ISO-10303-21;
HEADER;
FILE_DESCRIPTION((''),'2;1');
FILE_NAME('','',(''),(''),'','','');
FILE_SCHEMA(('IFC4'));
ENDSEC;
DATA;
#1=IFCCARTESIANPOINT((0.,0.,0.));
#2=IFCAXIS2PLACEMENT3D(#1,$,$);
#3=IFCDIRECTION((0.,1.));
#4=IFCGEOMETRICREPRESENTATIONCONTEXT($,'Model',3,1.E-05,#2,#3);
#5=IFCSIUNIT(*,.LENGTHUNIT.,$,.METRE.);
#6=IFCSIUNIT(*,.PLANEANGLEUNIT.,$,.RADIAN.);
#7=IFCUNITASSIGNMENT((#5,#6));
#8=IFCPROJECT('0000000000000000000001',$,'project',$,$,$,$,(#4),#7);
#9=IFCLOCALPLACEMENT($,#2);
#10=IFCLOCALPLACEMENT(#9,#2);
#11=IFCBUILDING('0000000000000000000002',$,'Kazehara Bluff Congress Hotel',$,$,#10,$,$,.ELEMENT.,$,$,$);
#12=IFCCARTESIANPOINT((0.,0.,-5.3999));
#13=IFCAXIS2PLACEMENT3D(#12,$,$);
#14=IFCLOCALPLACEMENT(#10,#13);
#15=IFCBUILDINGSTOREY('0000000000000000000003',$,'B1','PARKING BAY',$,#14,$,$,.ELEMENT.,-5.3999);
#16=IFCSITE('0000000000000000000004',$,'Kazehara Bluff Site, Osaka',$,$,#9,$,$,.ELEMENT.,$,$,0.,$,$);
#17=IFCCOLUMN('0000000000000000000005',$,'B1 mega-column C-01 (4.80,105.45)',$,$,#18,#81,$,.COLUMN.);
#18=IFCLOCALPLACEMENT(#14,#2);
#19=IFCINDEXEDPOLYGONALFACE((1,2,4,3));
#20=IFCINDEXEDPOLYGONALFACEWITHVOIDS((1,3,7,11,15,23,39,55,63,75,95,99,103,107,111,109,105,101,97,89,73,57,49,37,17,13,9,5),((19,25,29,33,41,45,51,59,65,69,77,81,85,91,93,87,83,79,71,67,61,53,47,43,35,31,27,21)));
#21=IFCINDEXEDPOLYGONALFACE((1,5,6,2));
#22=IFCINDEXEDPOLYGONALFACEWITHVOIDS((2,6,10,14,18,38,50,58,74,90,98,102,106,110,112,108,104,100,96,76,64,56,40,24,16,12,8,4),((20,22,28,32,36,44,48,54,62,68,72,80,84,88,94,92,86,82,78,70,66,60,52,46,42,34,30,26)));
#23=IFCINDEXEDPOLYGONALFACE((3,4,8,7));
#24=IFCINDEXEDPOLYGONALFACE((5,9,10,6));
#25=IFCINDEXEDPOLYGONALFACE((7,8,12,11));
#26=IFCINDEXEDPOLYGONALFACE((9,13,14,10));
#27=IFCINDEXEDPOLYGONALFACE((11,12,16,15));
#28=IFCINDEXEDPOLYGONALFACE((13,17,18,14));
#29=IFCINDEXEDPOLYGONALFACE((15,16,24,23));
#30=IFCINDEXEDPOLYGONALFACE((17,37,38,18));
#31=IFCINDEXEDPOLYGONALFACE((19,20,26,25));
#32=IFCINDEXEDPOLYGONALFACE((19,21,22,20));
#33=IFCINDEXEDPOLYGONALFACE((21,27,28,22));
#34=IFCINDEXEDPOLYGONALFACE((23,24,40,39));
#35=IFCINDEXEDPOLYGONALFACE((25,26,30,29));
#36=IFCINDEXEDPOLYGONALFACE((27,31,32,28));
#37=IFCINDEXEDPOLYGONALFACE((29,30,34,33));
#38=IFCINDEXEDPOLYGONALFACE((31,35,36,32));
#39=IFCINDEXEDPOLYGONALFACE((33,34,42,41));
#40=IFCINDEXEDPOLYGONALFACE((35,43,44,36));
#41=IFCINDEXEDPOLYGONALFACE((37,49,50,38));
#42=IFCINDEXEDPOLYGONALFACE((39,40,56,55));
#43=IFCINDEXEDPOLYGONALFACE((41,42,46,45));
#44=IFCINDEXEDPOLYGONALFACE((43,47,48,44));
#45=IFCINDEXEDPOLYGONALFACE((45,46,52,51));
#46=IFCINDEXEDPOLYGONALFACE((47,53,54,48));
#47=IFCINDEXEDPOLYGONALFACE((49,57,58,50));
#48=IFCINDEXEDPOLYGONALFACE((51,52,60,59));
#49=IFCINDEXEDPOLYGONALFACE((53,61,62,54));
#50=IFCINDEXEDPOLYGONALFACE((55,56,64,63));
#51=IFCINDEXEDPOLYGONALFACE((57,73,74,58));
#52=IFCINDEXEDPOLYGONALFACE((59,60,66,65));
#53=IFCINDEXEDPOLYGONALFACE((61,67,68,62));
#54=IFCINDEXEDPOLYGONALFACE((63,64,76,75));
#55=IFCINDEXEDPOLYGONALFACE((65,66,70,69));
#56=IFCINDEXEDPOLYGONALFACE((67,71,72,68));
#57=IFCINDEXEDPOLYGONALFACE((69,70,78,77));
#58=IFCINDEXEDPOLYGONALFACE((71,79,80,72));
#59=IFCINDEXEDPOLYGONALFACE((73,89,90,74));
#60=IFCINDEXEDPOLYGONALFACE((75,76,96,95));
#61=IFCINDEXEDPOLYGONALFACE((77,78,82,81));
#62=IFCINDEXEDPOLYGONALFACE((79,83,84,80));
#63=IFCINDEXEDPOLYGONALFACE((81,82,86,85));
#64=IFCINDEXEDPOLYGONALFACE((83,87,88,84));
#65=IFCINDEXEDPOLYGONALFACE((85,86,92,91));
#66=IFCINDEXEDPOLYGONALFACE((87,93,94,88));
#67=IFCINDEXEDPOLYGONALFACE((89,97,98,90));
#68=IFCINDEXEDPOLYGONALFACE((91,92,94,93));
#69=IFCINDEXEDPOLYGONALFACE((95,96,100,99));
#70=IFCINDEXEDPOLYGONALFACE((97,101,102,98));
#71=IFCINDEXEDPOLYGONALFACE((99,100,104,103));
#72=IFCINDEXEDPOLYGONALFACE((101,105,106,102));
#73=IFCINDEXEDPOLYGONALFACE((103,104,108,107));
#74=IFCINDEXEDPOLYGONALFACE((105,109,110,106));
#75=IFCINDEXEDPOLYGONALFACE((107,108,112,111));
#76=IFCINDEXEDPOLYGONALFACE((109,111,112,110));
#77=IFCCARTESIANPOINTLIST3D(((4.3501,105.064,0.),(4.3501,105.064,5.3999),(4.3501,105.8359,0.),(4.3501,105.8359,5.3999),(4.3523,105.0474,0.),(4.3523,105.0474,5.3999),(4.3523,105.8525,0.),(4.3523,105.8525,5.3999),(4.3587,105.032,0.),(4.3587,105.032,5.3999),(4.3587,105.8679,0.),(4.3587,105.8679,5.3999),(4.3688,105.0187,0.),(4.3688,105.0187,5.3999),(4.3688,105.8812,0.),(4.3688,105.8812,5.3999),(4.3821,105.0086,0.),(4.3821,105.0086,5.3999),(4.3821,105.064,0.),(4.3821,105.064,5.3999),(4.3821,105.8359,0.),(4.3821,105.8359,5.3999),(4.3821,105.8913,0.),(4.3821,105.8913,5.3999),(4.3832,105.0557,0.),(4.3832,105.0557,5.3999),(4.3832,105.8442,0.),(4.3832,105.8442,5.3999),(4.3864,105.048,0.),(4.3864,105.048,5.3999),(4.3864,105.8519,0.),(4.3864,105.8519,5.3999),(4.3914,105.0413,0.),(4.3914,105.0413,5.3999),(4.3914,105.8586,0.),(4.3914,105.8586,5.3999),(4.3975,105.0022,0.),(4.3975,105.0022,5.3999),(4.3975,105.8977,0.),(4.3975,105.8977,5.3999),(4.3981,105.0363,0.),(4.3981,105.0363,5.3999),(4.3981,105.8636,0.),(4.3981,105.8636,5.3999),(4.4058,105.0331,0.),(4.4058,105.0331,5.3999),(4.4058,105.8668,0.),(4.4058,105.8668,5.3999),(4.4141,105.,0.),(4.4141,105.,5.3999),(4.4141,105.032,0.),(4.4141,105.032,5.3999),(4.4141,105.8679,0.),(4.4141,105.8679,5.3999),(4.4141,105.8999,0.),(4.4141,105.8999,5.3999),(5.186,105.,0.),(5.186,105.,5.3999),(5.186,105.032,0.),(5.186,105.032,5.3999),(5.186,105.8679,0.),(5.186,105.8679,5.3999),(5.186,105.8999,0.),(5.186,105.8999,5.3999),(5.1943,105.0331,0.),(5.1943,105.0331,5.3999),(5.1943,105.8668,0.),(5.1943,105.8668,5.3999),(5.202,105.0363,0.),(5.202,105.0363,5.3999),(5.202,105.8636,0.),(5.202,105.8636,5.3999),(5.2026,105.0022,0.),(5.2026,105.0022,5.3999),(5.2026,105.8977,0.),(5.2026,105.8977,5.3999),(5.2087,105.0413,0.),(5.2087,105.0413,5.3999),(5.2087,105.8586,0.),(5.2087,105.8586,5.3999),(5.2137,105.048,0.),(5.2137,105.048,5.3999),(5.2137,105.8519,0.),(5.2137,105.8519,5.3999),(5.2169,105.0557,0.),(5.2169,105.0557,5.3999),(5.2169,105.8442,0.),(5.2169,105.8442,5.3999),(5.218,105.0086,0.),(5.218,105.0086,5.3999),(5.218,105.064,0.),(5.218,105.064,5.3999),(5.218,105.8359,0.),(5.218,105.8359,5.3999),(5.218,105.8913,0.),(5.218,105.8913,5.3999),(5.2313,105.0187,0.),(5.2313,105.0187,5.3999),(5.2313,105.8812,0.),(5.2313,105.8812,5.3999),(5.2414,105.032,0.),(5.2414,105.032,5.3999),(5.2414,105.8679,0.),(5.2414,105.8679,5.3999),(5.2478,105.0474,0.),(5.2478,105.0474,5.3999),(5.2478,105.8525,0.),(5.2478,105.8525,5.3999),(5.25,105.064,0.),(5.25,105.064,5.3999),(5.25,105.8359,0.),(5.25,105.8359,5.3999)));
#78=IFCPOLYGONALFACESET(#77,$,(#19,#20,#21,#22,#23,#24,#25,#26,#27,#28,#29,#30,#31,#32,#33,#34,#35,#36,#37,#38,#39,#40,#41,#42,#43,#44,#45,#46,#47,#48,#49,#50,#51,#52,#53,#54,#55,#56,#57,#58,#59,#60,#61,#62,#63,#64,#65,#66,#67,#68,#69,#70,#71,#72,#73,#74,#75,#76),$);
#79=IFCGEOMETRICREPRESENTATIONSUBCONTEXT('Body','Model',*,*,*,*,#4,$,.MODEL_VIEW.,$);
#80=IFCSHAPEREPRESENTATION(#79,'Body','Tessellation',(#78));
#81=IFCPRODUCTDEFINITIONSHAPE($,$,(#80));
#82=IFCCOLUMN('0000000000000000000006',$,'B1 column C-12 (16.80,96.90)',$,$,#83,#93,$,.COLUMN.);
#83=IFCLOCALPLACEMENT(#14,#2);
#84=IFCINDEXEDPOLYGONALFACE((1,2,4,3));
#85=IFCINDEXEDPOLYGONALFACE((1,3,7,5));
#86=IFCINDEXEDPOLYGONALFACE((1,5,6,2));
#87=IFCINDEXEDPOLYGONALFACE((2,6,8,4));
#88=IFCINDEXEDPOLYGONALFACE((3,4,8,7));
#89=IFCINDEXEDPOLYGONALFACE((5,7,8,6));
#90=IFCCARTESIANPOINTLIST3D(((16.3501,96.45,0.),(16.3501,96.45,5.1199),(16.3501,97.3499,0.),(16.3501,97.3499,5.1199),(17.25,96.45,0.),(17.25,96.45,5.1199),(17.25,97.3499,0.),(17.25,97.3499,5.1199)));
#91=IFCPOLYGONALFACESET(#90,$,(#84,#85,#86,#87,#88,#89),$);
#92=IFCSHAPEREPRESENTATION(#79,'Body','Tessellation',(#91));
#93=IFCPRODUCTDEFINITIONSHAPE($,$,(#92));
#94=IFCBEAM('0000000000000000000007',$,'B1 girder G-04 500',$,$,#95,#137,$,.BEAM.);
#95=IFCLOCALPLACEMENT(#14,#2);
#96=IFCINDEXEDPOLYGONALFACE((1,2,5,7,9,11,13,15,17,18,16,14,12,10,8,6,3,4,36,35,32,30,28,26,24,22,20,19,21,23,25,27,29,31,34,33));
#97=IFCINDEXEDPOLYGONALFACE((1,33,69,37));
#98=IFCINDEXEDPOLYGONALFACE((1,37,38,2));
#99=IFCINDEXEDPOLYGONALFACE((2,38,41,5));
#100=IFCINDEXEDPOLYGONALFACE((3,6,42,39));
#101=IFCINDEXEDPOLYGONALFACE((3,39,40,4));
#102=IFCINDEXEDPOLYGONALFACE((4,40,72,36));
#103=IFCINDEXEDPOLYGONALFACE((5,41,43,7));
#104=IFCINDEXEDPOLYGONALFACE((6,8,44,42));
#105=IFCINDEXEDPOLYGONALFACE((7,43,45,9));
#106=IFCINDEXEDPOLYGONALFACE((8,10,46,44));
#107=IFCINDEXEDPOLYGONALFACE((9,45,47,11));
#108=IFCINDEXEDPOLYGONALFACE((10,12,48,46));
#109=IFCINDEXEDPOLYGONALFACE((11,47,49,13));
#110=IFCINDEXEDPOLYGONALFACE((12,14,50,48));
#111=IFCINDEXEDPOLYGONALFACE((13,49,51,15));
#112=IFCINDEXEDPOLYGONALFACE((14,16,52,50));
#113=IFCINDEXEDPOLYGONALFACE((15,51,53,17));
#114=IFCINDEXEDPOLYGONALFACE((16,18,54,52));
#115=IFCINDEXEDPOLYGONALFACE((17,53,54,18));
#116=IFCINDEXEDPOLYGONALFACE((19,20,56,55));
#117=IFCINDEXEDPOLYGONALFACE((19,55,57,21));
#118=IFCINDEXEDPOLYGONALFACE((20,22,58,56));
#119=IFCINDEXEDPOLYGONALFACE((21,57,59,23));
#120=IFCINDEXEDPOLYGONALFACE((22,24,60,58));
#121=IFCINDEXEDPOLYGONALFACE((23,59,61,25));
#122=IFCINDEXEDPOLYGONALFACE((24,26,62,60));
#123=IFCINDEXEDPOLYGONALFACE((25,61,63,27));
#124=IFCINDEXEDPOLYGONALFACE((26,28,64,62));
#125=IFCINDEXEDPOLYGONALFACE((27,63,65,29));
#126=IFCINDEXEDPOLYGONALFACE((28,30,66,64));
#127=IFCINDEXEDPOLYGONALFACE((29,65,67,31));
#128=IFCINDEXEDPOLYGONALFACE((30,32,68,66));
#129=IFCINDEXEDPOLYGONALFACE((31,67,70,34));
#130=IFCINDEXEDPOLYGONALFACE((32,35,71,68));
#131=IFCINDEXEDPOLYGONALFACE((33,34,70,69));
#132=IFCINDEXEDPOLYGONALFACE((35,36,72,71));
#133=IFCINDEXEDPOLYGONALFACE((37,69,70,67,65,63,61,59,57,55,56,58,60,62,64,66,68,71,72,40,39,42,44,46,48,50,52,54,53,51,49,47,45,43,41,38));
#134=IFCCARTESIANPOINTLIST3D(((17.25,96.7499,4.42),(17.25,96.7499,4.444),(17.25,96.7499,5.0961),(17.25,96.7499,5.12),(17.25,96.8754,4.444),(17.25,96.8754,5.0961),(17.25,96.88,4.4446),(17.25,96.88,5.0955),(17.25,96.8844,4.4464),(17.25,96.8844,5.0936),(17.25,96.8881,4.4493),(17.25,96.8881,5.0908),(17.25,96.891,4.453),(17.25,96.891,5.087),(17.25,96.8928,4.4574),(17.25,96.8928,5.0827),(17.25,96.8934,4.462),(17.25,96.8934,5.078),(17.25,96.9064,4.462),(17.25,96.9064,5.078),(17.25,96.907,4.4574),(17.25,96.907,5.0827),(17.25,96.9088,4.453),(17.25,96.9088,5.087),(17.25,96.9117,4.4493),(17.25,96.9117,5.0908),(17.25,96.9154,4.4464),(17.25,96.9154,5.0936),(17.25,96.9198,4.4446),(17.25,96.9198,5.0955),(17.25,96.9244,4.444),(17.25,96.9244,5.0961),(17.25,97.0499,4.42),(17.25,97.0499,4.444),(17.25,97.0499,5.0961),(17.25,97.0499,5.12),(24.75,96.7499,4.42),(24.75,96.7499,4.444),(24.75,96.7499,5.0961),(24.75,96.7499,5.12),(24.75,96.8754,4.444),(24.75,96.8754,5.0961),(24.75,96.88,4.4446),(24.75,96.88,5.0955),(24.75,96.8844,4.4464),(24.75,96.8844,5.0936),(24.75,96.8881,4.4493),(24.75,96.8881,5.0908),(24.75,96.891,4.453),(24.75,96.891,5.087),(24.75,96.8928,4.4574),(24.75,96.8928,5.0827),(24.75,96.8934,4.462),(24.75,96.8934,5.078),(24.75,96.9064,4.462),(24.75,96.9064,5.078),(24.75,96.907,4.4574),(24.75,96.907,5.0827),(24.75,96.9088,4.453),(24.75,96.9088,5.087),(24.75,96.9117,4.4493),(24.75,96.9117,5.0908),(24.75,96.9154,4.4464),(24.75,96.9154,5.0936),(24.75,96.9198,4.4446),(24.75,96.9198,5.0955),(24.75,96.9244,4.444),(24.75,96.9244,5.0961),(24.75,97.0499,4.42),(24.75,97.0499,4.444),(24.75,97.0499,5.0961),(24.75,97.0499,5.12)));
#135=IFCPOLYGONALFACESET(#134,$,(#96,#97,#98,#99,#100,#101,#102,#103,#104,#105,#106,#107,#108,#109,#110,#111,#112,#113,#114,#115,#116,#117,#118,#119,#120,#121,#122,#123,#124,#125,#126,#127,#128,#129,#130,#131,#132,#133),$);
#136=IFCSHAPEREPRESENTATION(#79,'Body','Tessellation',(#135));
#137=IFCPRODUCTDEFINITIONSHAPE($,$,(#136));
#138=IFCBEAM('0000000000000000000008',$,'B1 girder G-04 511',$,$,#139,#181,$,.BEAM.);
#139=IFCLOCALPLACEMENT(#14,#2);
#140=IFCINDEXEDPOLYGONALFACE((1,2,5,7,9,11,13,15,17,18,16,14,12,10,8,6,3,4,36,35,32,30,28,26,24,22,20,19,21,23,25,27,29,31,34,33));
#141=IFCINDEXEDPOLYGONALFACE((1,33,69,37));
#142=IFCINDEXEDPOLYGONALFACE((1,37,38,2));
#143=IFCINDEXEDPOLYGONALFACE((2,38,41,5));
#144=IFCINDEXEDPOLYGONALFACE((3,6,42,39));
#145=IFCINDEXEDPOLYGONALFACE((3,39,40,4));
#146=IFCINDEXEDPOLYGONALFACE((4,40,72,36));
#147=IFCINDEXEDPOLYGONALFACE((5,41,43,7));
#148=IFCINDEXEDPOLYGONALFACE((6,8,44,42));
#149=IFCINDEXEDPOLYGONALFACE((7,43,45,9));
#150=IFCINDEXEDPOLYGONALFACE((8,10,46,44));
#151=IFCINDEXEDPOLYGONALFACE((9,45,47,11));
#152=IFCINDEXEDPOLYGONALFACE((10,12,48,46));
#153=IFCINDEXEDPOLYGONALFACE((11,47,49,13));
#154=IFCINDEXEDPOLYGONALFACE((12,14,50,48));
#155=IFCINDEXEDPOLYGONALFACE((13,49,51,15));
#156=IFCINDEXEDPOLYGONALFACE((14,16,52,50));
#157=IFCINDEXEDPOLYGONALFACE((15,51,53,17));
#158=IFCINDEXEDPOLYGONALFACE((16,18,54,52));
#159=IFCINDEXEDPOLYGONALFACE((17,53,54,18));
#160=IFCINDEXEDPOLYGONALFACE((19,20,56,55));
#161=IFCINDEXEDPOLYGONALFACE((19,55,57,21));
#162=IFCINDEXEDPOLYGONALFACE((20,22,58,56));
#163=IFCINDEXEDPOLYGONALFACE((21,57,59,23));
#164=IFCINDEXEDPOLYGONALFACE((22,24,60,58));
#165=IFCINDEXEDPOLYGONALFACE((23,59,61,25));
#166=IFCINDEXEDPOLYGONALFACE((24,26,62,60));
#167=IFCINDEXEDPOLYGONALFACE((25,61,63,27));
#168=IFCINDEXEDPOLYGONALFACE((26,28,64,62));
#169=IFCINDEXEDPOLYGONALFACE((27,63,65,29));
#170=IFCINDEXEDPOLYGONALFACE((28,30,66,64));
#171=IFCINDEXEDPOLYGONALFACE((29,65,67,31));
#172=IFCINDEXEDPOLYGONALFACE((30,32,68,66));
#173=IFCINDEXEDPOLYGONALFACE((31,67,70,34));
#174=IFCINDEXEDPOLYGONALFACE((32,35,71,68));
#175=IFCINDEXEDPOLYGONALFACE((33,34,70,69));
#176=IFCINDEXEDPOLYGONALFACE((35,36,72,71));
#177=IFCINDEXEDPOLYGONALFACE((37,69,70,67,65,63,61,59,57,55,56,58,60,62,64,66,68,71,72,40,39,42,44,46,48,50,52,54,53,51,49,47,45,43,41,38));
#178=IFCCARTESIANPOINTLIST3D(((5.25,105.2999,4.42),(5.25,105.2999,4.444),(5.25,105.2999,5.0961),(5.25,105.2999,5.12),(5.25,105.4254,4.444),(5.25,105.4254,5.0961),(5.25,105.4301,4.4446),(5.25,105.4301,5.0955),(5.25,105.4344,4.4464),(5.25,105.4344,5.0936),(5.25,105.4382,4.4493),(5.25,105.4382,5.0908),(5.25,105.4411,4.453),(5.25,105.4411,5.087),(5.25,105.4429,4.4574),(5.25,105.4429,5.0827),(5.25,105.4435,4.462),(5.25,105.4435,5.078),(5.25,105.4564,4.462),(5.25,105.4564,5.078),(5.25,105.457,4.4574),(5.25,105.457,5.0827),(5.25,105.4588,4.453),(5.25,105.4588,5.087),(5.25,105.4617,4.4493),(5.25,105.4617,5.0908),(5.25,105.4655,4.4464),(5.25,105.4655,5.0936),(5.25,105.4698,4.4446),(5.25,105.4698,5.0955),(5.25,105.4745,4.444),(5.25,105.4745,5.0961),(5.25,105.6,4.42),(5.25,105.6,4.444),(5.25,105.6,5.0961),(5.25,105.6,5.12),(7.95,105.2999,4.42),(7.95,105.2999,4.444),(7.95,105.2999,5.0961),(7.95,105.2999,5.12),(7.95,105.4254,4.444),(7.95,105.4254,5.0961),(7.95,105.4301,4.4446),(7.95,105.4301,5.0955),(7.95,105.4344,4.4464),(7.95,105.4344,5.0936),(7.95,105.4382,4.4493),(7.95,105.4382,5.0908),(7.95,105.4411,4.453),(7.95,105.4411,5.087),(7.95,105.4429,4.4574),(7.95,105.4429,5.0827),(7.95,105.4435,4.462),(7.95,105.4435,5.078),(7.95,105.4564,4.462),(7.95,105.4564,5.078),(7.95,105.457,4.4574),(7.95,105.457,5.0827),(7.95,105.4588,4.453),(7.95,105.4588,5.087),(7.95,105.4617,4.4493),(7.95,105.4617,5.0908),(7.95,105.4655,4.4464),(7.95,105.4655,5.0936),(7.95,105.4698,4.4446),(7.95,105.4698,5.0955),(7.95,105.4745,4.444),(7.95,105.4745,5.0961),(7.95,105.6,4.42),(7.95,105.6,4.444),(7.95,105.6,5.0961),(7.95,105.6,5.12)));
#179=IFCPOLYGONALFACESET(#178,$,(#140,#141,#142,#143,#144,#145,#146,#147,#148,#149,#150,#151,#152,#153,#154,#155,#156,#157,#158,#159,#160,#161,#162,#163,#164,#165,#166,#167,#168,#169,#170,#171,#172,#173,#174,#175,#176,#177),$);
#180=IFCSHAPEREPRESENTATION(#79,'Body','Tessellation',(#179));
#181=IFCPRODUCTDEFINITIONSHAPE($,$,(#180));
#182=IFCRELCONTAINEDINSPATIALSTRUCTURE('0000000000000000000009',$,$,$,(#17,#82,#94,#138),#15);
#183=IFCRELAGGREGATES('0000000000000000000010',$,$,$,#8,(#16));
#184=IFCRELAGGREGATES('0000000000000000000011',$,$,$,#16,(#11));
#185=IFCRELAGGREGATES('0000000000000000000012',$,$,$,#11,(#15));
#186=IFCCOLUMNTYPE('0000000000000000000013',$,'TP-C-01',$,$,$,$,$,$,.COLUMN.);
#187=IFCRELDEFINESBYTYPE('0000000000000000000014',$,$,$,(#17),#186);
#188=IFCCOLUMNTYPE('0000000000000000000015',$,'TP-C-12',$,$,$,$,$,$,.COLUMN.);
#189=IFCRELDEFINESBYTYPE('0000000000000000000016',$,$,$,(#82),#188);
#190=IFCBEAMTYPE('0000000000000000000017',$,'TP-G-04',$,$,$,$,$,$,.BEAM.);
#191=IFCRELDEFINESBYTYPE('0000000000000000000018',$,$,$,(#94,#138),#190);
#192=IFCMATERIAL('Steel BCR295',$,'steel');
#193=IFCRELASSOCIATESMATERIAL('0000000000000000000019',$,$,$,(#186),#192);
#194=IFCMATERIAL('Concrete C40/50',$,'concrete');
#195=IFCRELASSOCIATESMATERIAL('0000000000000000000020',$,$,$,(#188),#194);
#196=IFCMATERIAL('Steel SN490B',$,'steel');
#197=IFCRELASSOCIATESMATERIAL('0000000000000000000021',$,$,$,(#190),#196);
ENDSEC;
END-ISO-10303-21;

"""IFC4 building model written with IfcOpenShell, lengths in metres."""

from ifc_helpers import new_model, si_unit, direction, frame, origin, origin_2d, place, context, subcontext, project, spatial, rectangle, hollow_rectangle, i_section, extrude, material, material_profile, profile_set, type_object, element, save


model = new_model("IFC4")

# Units and contexts
model_context = context("Model", 3, precision=1e-05, world=origin(), true_north=direction((0.0, 1.0)))
body_context = subcontext(model_context, "Body", "Model", "MODEL_VIEW")
ifc_project = project(units=[si_unit("LENGTHUNIT", "METRE"), si_unit("PLANEANGLEUNIT", "RADIAN")], contexts=[model_context])

# Site, building, storey
site_placement = place(None, origin())
site = spatial("IfcSite", under=ifc_project, at=site_placement, Name="Kazehara Bluff Site, Osaka", CompositionType="ELEMENT", RefElevation=0.0)
building_placement = place(site_placement, origin())
building = spatial("IfcBuilding", under=site, at=building_placement, Name="Kazehara Bluff Congress Hotel", CompositionType="ELEMENT")
storey_placement = place(building_placement, frame((0.0, 0.0, -5.3999)))
storey = spatial("IfcBuildingStorey", under=building, at=storey_placement, Name="B1", Description="PARKING BAY", CompositionType="ELEMENT", Elevation=-5.3999)

# Columns
ifc_material_1 = material(Name="Steel BCR295", Category="steel")
ifc_material_profile_1 = material_profile(ifc_material_1, hollow_rectangle(XDim=0.8999, YDim=0.8999, WallThickness=0.032, InnerFilletRadius=0.032, OuterFilletRadius=0.064, at=origin_2d()))
ifc_profile_set_1 = profile_set([ifc_material_profile_1], Name="Steel BCR295")
column_type_1 = type_object("IfcColumnType", Name="TP-C-01", PredefinedType="COLUMN", material=ifc_profile_set_1)
column_1_placement = place(storey_placement, frame((4.8, 105.45, 0.0), z_axis=(0.0, 0.0, 1.0), x_axis=(1.0, 0.0, 0.0)))
element("IfcColumn", 1, at=column_1_placement, inside=storey, type_object=column_type_1, Name="B1 mega-column C-01 (4.80,105.45)", PredefinedType="COLUMN", context=body_context, shape_type="SweptSolid", body=[
    extrude(hollow_rectangle(XDim=0.8999, YDim=0.8999, WallThickness=0.032, InnerFilletRadius=0.032, OuterFilletRadius=0.064, at=origin_2d()), origin(), (0.0, 0.0, 1.0), 5.3999),
])
ifc_material_2 = material(Name="Concrete C40/50", Category="concrete")
ifc_material_profile_2 = material_profile(ifc_material_2, rectangle(XDim=0.8999, YDim=0.8999, at=origin_2d()))
ifc_profile_set_2 = profile_set([ifc_material_profile_2], Name="Concrete C40/50")
column_type_2 = type_object("IfcColumnType", Name="TP-C-12", PredefinedType="COLUMN", material=ifc_profile_set_2)
column_2_placement = place(storey_placement, frame((16.8, 96.8999, 0.0), z_axis=(0.0, 0.0, 1.0), x_axis=(1.0, 0.0, 0.0)))
element("IfcColumn", 2, at=column_2_placement, inside=storey, type_object=column_type_2, Name="B1 column C-12 (16.80,96.90)", PredefinedType="COLUMN", context=body_context, shape_type="SweptSolid", body=[
    extrude(rectangle(XDim=0.8999, YDim=0.8999, at=origin_2d()), origin(), (0.0, 0.0, 1.0), 5.1199),
])

# Beams
ifc_material_3 = material(Name="Steel SN490B", Category="steel")
ifc_material_profile_3 = material_profile(ifc_material_3, i_section(OverallWidth=0.3, OverallDepth=0.7, WebThickness=0.0129, FlangeThickness=0.0239, FilletRadius=0.0181, at=origin_2d()))
ifc_profile_set_3 = profile_set([ifc_material_profile_3], Name="Steel SN490B")
beam_type_1 = type_object("IfcBeamType", Name="TP-G-04", PredefinedType="BEAM", material=ifc_profile_set_3)
beam_1_placement = place(storey_placement, frame((17.25, 96.8999, 4.77), z_axis=(1.0, 0.0, 0.0), x_axis=(0.0, 1.0, 0.0)))
element("IfcBeam", 3, at=beam_1_placement, inside=storey, type_object=beam_type_1, Name="B1 girder G-04 500", PredefinedType="BEAM", context=body_context, shape_type="SweptSolid", body=[
    extrude(i_section(OverallWidth=0.3, OverallDepth=0.7, WebThickness=0.0129, FlangeThickness=0.0239, FilletRadius=0.0181, at=origin_2d()), origin(), (0.0, 0.0, 1.0), 7.5),
])
beam_2_placement = place(storey_placement, frame((5.25, 105.45, 4.77), z_axis=(1.0, 0.0, 0.0), x_axis=(0.0, 1.0, 0.0)))
element("IfcBeam", 4, at=beam_2_placement, inside=storey, type_object=beam_type_1, Name="B1 girder G-04 511", PredefinedType="BEAM", context=body_context, shape_type="SweptSolid", body=[
    extrude(i_section(OverallWidth=0.3, OverallDepth=0.7, WebThickness=0.0129, FlangeThickness=0.0239, FilletRadius=0.0181, at=origin_2d()), origin(), (0.0, 0.0, 1.0), 2.7),
])

save(model, "model.ifc")
